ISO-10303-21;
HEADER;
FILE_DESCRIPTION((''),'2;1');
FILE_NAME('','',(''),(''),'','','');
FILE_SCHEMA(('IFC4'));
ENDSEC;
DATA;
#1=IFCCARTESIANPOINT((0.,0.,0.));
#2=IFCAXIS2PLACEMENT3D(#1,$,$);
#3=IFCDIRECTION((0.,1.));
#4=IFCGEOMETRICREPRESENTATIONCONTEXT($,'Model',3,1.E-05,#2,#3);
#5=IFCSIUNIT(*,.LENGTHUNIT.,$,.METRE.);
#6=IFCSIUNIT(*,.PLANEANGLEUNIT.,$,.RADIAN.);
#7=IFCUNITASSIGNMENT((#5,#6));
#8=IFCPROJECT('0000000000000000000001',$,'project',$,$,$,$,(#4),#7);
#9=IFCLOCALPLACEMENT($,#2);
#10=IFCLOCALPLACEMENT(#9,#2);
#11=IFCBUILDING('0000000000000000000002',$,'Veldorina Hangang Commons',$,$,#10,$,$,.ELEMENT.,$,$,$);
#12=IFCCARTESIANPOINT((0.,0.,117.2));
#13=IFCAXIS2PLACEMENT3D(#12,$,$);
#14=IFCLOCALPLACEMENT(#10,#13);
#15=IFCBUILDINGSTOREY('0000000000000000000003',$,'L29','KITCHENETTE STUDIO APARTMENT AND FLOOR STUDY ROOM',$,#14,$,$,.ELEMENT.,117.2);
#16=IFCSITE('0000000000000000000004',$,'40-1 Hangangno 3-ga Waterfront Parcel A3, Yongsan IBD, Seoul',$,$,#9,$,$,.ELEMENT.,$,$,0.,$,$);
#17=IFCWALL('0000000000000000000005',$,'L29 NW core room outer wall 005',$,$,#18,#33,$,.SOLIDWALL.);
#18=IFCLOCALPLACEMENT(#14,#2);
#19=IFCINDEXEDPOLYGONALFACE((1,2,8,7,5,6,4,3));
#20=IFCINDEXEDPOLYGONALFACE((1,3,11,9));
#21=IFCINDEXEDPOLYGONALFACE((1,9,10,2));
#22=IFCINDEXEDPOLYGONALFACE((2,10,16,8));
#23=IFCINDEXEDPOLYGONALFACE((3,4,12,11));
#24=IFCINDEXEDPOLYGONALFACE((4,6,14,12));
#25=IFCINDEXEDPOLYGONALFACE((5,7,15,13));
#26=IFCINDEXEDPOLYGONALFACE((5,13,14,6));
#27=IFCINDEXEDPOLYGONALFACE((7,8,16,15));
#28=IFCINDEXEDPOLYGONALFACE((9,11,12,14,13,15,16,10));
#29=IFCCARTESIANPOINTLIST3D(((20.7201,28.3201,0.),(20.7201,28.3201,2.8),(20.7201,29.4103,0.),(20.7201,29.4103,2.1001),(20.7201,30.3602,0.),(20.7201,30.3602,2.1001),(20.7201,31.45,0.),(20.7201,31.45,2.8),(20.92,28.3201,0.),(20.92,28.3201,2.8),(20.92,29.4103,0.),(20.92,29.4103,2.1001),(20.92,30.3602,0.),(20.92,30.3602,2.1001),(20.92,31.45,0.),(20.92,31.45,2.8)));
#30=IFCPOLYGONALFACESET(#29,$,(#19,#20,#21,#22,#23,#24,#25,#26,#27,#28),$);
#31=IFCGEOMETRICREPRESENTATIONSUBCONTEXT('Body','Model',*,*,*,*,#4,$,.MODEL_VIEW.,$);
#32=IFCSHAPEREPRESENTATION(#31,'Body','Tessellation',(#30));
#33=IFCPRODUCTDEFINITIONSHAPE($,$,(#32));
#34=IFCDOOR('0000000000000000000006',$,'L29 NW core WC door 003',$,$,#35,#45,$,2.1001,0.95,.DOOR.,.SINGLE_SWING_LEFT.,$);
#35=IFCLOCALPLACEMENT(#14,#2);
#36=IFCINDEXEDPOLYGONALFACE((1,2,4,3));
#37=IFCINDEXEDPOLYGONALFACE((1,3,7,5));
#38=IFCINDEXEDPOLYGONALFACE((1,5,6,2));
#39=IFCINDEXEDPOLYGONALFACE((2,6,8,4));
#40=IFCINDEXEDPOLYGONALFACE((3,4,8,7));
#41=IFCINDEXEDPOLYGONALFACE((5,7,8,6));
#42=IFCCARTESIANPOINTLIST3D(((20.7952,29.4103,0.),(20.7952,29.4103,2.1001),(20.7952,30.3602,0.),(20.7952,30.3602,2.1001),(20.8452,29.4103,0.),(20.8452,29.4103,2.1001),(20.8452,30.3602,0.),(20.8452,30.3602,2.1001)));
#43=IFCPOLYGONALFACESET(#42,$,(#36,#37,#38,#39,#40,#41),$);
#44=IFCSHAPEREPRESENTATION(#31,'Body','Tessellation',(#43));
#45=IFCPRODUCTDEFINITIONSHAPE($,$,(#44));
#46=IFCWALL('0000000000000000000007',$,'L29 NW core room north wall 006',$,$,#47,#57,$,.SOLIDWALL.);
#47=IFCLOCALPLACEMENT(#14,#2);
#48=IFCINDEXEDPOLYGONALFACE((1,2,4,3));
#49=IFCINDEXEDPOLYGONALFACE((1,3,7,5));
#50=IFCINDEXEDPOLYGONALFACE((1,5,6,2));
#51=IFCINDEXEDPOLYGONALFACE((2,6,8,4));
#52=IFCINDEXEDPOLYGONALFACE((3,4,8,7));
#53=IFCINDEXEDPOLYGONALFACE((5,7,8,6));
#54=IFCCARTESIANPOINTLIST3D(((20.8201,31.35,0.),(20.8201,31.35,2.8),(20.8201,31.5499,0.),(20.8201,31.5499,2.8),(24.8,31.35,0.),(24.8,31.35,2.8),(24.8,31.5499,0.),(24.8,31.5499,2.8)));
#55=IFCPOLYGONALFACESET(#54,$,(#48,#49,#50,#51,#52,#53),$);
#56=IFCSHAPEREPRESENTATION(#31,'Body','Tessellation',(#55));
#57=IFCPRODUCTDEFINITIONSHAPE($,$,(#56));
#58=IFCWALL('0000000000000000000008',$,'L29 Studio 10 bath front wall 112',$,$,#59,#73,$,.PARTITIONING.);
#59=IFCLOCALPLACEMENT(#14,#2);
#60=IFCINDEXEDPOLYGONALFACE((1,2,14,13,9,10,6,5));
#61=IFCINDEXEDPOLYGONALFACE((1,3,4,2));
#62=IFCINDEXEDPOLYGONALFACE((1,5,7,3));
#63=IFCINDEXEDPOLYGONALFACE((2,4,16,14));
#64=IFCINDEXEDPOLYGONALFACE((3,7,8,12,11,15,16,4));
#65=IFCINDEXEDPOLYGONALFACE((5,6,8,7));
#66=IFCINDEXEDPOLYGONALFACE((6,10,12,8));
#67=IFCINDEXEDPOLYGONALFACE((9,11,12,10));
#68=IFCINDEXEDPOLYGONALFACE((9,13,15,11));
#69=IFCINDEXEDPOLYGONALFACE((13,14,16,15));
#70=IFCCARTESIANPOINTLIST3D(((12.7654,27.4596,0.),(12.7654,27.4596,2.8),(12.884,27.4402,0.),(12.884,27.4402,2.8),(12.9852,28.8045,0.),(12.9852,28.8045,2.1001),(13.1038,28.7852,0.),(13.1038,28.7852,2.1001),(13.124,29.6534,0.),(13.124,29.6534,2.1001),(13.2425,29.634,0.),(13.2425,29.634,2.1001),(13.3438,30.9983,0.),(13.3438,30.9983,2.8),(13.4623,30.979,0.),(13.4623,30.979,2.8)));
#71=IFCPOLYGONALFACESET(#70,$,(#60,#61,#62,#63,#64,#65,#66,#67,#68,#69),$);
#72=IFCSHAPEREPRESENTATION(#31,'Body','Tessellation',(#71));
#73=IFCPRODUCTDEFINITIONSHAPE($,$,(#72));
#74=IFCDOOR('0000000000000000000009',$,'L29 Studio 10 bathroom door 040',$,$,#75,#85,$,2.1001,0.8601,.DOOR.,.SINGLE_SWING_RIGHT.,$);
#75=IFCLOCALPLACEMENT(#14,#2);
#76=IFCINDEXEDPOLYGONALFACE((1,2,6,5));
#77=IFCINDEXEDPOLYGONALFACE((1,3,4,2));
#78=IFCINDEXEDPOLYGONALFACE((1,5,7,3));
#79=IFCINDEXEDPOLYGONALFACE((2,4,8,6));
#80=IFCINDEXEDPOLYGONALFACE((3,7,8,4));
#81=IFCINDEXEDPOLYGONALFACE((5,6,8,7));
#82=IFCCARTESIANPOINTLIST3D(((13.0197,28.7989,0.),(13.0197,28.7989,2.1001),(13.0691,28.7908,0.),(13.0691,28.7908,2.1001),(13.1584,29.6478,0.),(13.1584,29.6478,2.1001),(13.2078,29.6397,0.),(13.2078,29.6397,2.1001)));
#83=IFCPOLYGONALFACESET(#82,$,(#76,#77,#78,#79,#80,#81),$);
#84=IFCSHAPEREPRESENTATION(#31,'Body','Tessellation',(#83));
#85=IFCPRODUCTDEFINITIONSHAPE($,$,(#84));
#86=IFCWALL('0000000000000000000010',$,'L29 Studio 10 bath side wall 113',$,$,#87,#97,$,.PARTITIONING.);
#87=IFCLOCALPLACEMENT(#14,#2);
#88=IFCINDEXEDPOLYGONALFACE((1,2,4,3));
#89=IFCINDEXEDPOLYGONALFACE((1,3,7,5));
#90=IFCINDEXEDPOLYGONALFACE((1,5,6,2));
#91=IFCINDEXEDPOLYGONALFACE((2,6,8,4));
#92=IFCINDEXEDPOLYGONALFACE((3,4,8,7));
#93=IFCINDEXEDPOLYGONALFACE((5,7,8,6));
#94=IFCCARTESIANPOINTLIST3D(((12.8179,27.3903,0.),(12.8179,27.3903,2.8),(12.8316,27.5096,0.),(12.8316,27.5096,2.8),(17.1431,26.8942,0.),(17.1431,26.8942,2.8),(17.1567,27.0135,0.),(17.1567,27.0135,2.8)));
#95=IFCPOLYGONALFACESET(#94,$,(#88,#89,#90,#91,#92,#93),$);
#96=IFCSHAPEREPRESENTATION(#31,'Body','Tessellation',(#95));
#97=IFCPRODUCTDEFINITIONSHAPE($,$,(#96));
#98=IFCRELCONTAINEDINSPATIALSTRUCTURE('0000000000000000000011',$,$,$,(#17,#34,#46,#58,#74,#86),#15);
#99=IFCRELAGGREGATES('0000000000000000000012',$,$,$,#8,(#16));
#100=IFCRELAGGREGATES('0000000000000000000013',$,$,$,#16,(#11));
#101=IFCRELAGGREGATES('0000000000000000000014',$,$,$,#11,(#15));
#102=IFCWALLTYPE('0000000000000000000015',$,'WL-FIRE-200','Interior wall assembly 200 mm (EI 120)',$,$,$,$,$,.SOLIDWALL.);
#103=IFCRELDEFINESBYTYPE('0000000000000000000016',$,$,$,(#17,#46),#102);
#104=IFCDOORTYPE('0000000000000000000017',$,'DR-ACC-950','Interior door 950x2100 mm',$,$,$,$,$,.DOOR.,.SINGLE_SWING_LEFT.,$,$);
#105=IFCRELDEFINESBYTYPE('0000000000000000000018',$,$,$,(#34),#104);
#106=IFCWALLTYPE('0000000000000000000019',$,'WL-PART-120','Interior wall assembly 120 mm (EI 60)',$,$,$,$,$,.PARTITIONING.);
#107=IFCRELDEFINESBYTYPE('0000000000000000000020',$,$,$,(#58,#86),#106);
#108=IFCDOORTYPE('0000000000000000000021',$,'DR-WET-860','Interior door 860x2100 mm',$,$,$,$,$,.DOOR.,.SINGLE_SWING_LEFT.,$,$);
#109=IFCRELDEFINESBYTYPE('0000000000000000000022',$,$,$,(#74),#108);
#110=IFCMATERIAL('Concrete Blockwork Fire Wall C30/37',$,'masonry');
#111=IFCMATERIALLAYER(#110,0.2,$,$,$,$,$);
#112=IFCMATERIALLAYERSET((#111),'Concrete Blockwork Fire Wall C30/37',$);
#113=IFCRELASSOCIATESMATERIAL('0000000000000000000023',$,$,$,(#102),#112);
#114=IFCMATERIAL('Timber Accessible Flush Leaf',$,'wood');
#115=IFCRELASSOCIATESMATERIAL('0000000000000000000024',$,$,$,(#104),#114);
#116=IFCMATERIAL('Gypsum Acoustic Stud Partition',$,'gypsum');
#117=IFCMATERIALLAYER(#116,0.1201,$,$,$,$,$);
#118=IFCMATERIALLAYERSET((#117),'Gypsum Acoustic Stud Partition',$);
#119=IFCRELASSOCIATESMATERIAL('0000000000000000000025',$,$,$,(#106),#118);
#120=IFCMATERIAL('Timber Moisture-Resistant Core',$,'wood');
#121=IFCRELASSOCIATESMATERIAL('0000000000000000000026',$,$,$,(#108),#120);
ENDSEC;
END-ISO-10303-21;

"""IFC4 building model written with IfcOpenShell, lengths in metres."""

from ifc_helpers import new_model, si_unit, direction, frame, frame_2d, origin, place, context, subcontext, project, spatial, rectangle, extrude, material, layer, layer_set, type_object, element, fill, save


model = new_model("IFC4")

# Units and contexts
model_context = context("Model", 3, precision=1e-05, world=origin(), true_north=direction((0.0, 1.0)))
body_context = subcontext(model_context, "Body", "Model", "MODEL_VIEW")
ifc_project = project(units=[si_unit("LENGTHUNIT", "METRE"), si_unit("PLANEANGLEUNIT", "RADIAN")], contexts=[model_context])

# Site, building, storey
site_placement = place(None, origin())
site = spatial("IfcSite", under=ifc_project, at=site_placement, Name="40-1 Hangangno 3-ga Waterfront Parcel A3, Yongsan IBD, Seoul", CompositionType="ELEMENT", RefElevation=0.0)
building_placement = place(site_placement, origin())
building = spatial("IfcBuilding", under=site, at=building_placement, Name="Veldorina Hangang Commons", CompositionType="ELEMENT")
storey_placement = place(building_placement, frame((0.0, 0.0, 117.2)))
storey = spatial("IfcBuildingStorey", under=building, at=storey_placement, Name="L29", Description="KITCHENETTE STUDIO APARTMENT AND FLOOR STUDY ROOM", CompositionType="ELEMENT", Elevation=117.2)

# Wall, opening, door
ifc_material_1 = material(Name="Concrete Blockwork Fire Wall C30/37", Category="masonry")
ifc_layer_1 = layer(ifc_material_1, 0.2)
ifc_layer_set_1 = layer_set([ifc_layer_1], Name="Concrete Blockwork Fire Wall C30/37")
wall_type_1 = type_object("IfcWallType", Name="WL-FIRE-200", Description="Interior wall assembly 200 mm (EI 120)", PredefinedType="SOLIDWALL", material=ifc_layer_set_1)
wall_1_placement = place(storey_placement, frame((20.8201, 28.3201, 0.0), z_axis=(0.0, 0.0, 1.0), x_axis=(0.0, 1.0, 0.0)))
wall_1 = element("IfcWall", 1, at=wall_1_placement, inside=storey, type_object=wall_type_1, Name="L29 NW core room outer wall 005", PredefinedType="SOLIDWALL", context=body_context, shape_type="SweptSolid", body=[
    extrude(rectangle(XDim=3.1299, YDim=0.2, at=frame_2d((1.5649, 0.0))), origin(), (0.0, 0.0, 1.0), 2.8),
])
opening_1_placement = place(wall_1_placement, frame((1.0901, 0.0, 0.0)))
opening_1 = element("IfcOpeningElement", 2, at=opening_1_placement, cuts=wall_1, PredefinedType="OPENING", context=body_context, shape_type="SweptSolid", body=[
    extrude(rectangle(XDim=0.95, YDim=2.1001, at=frame_2d((0.4751, 1.05))), frame((0.0, 0.1099, 0.0), z_axis=(0.0, -1.0, 0.0), x_axis=(1.0, 0.0, 0.0)), (0.0, 0.0, 1.0), 0.22),
])
ifc_material_2 = material(Name="Timber Accessible Flush Leaf", Category="wood")
door_type_1 = type_object("IfcDoorType", Name="DR-ACC-950", Description="Interior door 950x2100 mm", OperationType="SINGLE_SWING_LEFT", PredefinedType="DOOR", material=ifc_material_2)
door_1_placement = place(opening_1_placement, origin())
door_1 = element("IfcDoor", 3, at=door_1_placement, inside=storey, type_object=door_type_1, Name="L29 NW core WC door 003", OperationType="SINGLE_SWING_LEFT", OverallHeight=2.1001, OverallWidth=0.95, PredefinedType="DOOR", context=body_context, shape_type="SweptSolid", body=[
    extrude(rectangle(XDim=0.95, YDim=2.1001, at=frame_2d((0.4751, 1.05))), frame((0.0, 0.0249, 0.0), z_axis=(0.0, -1.0, 0.0), x_axis=(1.0, 0.0, 0.0)), (0.0, 0.0, 1.0), 0.05),
])
fill(opening_1, door_1)

# Wall
wall_2_placement = place(storey_placement, frame((20.8201, 31.45, 0.0), z_axis=(0.0, 0.0, 1.0), x_axis=(1.0, 0.0, 0.0)))
element("IfcWall", 4, at=wall_2_placement, inside=storey, type_object=wall_type_1, Name="L29 NW core room north wall 006", PredefinedType="SOLIDWALL", context=body_context, shape_type="SweptSolid", body=[
    extrude(rectangle(XDim=3.98, YDim=0.2, at=frame_2d((1.99, 0.0))), origin(), (0.0, 0.0, 1.0), 2.8),
])

# Wall, opening, door
ifc_material_3 = material(Name="Gypsum Acoustic Stud Partition", Category="gypsum")
ifc_layer_2 = layer(ifc_material_3, 0.1201)
ifc_layer_set_2 = layer_set([ifc_layer_2], Name="Gypsum Acoustic Stud Partition")
wall_type_2 = type_object("IfcWallType", Name="WL-PART-120", Description="Interior wall assembly 120 mm (EI 60)", PredefinedType="PARTITIONING", material=ifc_layer_set_2)
wall_3_placement = place(storey_placement, frame((13.4031, 30.9888, 0.0), z_axis=(0.0, 0.0, 1.0), x_axis=(-0.161296, -0.986906, 0.0)))
wall_3 = element("IfcWall", 5, at=wall_3_placement, inside=storey, type_object=wall_type_2, Name="L29 Studio 10 bath front wall 112", PredefinedType="PARTITIONING", context=body_context, shape_type="SweptSolid", body=[
    extrude(rectangle(XDim=3.5857, YDim=0.1201, at=frame_2d((1.793, 0.0))), origin(), (0.0, 0.0, 1.0), 2.8),
])
opening_2_placement = place(wall_3_placement, frame((1.3628, 0.0, 0.0)))
opening_2 = element("IfcOpeningElement", 6, at=opening_2_placement, cuts=wall_3, PredefinedType="OPENING", context=body_context, shape_type="SweptSolid", body=[
    extrude(rectangle(XDim=0.8601, YDim=2.1001, at=frame_2d((0.4302, 1.05))), frame((0.0, 0.0701, 0.0), z_axis=(0.0, -1.0, 0.0), x_axis=(1.0, 0.0, 0.0)), (0.0, 0.0, 1.0), 0.1401),
])
ifc_material_4 = material(Name="Timber Moisture-Resistant Core", Category="wood")
door_type_2 = type_object("IfcDoorType", Name="DR-WET-860", Description="Interior door 860x2100 mm", OperationType="SINGLE_SWING_LEFT", PredefinedType="DOOR", material=ifc_material_4)
door_2_placement = place(opening_2_placement, origin())
door_2 = element("IfcDoor", 7, at=door_2_placement, inside=storey, type_object=door_type_2, Name="L29 Studio 10 bathroom door 040", OperationType="SINGLE_SWING_RIGHT", OverallHeight=2.1001, OverallWidth=0.8601, PredefinedType="DOOR", context=body_context, shape_type="SweptSolid", body=[
    extrude(rectangle(XDim=0.8601, YDim=2.1001, at=frame_2d((0.4302, 1.05))), frame((0.0, 0.0249, 0.0), z_axis=(0.0, -1.0, 0.0), x_axis=(1.0, 0.0, 0.0)), (0.0, 0.0, 1.0), 0.05),
])
fill(opening_2, door_2)

# Wall
wall_4_placement = place(storey_placement, frame((17.1499, 26.9539, 0.0), z_axis=(0.0, 0.0, 1.0), x_axis=(-0.993486, 0.113951, 0.0)))
element("IfcWall", 8, at=wall_4_placement, inside=storey, type_object=wall_type_2, Name="L29 Studio 10 bath side wall 113", PredefinedType="PARTITIONING", context=body_context, shape_type="SweptSolid", body=[
    extrude(rectangle(XDim=4.3535, YDim=0.1201, at=frame_2d((2.1768, 0.0))), origin(), (0.0, 0.0, 1.0), 2.8),
])

save(model, "model.ifc")
